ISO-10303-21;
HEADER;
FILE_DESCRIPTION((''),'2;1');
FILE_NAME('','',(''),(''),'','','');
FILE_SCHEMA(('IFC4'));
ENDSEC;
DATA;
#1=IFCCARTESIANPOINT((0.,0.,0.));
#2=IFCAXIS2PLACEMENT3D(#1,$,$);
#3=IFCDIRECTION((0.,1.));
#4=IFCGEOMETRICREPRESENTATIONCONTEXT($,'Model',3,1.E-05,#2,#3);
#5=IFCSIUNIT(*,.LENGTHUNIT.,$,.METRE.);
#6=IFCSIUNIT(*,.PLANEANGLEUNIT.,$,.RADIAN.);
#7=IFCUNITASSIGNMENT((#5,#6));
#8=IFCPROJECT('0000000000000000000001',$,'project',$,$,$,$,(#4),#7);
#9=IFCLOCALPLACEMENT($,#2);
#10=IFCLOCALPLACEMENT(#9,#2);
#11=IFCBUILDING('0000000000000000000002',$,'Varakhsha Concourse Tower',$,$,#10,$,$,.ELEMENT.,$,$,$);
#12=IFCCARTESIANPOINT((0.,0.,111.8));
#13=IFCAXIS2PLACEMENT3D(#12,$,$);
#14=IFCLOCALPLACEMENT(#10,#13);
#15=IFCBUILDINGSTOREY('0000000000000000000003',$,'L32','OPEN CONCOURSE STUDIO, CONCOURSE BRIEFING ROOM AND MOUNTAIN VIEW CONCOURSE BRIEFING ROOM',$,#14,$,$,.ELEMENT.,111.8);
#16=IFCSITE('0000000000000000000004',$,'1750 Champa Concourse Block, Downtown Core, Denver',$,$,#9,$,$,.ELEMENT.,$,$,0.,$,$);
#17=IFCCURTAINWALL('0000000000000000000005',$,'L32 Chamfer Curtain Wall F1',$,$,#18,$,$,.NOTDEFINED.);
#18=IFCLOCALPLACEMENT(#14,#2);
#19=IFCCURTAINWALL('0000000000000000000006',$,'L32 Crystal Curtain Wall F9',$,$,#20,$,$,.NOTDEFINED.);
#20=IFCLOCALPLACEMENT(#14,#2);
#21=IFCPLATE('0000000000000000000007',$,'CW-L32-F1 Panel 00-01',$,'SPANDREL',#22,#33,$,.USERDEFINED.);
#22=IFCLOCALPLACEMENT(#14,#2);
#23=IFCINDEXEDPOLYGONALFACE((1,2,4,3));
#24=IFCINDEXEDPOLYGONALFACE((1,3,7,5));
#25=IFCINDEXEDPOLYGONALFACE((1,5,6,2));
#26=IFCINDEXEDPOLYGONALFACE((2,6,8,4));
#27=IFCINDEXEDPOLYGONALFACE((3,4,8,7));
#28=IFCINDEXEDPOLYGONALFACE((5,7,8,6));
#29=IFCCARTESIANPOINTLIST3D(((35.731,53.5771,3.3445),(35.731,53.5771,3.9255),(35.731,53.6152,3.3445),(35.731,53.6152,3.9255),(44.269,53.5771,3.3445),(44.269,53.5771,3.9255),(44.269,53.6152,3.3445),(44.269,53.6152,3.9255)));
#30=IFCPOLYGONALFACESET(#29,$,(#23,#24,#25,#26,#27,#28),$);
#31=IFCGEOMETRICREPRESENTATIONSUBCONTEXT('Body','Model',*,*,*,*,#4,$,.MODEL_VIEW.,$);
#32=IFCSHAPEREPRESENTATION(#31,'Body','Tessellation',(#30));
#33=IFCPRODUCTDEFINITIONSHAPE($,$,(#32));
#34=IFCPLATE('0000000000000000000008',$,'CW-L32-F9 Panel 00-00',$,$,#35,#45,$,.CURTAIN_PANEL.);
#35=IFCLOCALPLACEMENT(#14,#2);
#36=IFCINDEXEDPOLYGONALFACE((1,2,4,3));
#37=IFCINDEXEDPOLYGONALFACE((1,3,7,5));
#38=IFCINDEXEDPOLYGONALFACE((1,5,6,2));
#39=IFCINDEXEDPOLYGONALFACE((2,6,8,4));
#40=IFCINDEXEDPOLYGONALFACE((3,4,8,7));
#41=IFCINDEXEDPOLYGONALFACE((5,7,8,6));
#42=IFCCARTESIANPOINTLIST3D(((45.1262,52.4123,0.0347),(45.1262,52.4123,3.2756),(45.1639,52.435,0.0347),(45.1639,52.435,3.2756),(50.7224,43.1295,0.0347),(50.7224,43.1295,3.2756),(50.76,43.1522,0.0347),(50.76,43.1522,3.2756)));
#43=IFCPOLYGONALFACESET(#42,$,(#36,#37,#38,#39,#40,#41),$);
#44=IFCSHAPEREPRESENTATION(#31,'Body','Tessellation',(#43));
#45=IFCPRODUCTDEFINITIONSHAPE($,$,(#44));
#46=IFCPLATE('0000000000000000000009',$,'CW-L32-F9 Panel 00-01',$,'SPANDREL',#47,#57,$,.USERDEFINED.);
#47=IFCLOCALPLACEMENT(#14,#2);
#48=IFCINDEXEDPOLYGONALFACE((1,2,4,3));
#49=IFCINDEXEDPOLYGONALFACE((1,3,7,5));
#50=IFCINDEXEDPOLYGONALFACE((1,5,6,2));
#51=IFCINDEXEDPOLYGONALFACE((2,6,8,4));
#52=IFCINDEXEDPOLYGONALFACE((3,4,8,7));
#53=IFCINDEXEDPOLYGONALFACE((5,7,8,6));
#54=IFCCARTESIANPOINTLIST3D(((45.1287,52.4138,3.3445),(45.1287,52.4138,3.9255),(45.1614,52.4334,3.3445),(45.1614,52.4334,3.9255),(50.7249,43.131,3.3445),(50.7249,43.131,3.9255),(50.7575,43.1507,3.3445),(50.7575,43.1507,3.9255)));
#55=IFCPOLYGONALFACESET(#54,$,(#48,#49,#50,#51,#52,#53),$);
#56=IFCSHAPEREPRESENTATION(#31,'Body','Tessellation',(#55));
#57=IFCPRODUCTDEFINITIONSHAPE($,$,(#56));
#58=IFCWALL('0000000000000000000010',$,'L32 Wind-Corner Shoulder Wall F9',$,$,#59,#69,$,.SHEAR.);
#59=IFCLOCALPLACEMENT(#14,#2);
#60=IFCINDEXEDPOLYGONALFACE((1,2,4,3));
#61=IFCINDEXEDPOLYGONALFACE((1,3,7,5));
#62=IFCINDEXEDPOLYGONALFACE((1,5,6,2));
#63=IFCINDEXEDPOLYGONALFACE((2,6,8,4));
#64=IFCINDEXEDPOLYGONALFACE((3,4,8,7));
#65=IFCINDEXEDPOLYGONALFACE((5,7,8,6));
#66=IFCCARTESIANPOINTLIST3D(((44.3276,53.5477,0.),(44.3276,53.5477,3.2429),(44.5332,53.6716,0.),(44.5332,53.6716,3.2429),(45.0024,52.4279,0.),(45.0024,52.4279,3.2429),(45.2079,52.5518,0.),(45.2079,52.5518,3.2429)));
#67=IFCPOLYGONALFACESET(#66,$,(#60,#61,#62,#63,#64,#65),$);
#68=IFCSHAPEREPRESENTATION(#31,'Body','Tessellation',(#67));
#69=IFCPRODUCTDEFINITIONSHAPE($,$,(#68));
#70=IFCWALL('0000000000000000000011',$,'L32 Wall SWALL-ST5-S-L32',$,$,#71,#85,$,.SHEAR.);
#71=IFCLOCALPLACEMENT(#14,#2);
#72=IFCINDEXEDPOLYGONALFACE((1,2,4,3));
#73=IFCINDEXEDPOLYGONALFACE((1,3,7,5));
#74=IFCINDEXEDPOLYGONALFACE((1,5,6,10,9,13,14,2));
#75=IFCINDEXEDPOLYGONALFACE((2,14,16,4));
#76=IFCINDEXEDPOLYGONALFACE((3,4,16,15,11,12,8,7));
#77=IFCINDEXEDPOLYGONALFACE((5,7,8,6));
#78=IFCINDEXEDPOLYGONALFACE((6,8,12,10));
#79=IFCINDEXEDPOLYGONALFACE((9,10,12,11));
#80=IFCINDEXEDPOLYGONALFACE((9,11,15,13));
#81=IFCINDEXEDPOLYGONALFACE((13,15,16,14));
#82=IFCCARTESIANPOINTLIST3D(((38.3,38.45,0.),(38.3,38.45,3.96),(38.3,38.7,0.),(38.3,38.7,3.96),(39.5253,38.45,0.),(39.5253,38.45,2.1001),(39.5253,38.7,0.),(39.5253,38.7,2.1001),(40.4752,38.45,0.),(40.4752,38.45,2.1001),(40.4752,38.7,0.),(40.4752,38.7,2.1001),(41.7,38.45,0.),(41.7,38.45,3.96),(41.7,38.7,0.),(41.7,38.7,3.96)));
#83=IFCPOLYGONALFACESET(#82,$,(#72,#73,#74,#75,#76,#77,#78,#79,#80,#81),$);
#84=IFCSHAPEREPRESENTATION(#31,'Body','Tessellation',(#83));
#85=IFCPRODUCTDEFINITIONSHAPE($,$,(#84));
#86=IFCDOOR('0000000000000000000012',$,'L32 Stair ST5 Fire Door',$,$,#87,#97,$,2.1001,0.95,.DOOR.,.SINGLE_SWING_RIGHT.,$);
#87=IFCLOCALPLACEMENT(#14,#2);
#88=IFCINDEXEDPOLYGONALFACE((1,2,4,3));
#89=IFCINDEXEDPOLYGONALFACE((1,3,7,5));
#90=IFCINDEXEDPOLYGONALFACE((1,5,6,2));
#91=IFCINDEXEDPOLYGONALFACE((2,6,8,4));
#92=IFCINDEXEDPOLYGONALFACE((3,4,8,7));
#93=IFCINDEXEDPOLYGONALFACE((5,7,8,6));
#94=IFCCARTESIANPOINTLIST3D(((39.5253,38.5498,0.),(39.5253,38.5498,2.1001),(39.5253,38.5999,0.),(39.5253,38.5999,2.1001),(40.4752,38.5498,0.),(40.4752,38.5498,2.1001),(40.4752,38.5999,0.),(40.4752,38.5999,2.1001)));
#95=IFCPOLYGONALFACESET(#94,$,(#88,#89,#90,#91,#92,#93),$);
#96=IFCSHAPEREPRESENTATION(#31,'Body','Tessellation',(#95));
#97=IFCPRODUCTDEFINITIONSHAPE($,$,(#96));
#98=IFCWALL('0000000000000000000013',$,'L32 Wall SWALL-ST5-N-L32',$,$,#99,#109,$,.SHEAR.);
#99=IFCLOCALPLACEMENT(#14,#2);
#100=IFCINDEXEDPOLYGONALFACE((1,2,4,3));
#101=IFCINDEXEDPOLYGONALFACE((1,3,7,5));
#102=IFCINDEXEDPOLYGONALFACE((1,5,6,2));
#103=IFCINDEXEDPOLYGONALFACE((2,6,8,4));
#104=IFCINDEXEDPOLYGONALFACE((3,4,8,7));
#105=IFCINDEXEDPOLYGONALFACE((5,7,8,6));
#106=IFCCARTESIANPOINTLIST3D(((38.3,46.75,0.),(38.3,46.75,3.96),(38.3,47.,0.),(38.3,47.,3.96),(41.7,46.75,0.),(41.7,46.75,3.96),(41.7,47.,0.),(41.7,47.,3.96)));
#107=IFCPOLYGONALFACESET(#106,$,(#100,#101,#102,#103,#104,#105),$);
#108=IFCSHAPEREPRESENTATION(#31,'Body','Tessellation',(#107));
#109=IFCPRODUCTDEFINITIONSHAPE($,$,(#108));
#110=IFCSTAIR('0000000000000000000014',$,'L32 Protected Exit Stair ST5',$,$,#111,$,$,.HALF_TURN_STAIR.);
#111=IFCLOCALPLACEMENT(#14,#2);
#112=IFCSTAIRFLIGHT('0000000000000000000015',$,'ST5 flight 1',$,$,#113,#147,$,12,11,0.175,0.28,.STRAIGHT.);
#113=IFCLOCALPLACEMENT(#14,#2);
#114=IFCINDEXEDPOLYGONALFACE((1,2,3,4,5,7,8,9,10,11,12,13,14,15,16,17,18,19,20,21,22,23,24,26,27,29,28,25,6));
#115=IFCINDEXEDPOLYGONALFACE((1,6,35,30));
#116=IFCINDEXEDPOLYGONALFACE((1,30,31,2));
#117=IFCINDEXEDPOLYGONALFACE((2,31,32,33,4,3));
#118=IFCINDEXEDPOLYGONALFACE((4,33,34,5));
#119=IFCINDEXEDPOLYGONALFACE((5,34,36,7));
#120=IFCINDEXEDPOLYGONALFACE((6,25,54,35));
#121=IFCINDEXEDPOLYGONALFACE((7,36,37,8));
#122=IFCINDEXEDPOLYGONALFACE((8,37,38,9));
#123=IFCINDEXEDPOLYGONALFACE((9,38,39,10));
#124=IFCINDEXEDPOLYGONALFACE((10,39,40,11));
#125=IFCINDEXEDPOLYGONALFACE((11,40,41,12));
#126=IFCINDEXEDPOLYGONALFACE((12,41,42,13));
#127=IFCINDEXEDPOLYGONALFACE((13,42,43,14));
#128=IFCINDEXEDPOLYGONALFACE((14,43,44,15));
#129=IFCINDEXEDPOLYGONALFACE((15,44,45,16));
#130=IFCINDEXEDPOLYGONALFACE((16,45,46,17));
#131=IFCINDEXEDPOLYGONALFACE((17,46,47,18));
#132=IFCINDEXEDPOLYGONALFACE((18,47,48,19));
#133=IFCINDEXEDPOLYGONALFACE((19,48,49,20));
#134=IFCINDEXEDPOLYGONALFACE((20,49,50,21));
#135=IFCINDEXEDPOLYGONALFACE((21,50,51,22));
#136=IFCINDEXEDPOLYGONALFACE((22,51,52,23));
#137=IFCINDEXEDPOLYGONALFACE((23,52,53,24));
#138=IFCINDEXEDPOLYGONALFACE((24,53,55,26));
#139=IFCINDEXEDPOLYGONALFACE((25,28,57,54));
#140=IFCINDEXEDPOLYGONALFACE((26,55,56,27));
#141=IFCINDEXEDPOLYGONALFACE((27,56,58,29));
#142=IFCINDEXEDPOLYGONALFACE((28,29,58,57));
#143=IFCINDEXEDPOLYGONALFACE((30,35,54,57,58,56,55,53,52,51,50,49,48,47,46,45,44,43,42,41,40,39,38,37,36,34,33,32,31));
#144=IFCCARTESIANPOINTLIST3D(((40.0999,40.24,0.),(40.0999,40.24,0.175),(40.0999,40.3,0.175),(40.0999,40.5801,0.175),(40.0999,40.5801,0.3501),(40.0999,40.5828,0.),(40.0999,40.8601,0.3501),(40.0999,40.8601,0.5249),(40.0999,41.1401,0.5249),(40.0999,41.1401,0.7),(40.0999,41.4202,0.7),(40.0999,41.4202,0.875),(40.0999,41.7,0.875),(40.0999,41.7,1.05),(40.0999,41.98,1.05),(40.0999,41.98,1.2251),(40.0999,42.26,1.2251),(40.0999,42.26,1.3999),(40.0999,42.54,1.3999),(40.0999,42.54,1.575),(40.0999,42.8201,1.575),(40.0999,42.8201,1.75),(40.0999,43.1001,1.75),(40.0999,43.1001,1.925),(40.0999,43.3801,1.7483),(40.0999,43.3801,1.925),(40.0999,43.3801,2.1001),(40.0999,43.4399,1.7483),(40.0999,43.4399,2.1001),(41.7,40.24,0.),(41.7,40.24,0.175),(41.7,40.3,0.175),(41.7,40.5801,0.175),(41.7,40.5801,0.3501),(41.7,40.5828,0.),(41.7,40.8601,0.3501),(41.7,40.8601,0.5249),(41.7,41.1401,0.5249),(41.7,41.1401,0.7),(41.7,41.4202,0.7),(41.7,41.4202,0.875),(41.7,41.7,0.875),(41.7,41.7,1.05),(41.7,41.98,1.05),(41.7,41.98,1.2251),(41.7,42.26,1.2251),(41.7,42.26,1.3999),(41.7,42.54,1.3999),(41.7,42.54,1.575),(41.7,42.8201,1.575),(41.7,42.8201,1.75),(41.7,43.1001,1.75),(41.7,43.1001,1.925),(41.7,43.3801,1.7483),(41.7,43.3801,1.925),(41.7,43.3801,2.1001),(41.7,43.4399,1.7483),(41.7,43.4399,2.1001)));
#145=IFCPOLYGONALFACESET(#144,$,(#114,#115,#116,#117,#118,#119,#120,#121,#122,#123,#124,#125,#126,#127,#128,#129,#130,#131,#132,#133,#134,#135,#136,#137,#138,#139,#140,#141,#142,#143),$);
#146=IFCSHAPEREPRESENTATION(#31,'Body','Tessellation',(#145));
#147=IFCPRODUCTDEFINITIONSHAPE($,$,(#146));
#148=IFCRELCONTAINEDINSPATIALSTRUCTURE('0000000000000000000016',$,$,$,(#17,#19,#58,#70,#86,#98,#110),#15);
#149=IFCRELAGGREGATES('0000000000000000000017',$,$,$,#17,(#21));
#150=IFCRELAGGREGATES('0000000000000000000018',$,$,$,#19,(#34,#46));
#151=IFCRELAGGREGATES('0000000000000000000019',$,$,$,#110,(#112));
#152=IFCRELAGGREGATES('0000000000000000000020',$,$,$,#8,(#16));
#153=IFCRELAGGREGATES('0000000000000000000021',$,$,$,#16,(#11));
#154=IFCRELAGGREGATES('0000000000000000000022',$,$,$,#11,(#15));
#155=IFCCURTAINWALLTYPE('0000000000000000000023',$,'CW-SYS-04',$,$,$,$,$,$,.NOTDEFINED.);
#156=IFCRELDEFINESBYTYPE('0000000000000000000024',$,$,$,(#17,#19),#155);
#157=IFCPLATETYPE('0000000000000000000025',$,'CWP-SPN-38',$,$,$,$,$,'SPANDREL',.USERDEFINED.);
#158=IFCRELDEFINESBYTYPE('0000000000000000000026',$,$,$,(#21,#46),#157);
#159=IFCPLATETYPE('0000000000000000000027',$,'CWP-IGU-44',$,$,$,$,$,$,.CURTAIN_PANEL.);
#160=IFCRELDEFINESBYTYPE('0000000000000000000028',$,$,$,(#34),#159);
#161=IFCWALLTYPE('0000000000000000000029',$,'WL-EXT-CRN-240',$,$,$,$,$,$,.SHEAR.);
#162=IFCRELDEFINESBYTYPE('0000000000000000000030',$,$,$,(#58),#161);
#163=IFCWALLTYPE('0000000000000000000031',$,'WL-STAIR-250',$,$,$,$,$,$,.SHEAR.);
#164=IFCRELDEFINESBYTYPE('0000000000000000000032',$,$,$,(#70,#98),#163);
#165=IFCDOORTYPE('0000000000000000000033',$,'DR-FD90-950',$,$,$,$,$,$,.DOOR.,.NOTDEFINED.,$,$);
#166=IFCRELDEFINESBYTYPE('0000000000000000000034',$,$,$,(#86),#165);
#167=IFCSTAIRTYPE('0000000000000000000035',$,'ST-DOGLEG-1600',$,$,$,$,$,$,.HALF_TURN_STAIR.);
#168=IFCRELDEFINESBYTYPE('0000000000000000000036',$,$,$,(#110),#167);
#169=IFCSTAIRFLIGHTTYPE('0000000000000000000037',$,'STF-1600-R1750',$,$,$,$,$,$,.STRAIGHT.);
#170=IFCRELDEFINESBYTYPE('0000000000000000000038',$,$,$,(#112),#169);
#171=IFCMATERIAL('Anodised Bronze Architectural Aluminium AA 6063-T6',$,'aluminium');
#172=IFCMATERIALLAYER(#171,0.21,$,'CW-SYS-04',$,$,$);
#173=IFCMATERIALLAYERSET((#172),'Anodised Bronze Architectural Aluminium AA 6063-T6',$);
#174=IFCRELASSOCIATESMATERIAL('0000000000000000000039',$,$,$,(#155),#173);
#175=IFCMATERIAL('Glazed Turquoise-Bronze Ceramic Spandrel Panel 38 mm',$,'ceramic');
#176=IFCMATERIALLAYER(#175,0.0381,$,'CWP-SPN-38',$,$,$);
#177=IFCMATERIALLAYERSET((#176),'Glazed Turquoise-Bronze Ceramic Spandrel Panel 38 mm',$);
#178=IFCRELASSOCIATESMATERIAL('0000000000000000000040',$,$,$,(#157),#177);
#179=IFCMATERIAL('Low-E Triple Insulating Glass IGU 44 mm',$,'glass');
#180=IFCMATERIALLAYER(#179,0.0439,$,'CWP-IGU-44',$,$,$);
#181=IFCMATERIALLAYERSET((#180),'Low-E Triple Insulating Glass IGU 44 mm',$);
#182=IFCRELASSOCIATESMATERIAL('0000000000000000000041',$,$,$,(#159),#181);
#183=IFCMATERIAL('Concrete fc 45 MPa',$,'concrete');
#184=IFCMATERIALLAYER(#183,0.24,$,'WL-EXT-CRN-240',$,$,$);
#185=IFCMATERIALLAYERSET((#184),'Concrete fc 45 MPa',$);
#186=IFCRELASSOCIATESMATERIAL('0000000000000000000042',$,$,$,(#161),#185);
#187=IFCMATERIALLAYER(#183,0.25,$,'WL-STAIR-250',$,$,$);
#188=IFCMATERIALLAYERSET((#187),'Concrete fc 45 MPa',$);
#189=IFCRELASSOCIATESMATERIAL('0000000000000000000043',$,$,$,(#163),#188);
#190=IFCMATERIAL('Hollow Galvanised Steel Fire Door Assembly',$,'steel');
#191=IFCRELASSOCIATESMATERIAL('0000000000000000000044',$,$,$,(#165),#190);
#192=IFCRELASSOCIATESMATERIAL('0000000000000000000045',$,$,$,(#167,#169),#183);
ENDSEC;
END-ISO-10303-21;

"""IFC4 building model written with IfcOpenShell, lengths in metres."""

from ifc_helpers import new_model, si_unit, direction, frame, frame_2d, origin, origin_2d, place, context, subcontext, project, spatial, polyline, rectangle, outline, extrude, source, transform, mapped, material, layer, layer_set, type_object, type_shapes, element, fill, aggregate, save


model = new_model("IFC4")

# Units and contexts
model_context = context("Model", 3, precision=1e-05, world=origin(), true_north=direction((0.0, 1.0)))
body_context = subcontext(model_context, "Body", "Model", "MODEL_VIEW")
ifc_project = project(units=[si_unit("LENGTHUNIT", "METRE"), si_unit("PLANEANGLEUNIT", "RADIAN")], contexts=[model_context])

# Site, building, storey
site_placement = place(None, origin())
site = spatial("IfcSite", under=ifc_project, at=site_placement, Name="1750 Champa Concourse Block, Downtown Core, Denver", CompositionType="ELEMENT", RefElevation=0.0)
building_placement = place(site_placement, origin())
building = spatial("IfcBuilding", under=site, at=building_placement, Name="Varakhsha Concourse Tower", CompositionType="ELEMENT")
storey_placement = place(building_placement, frame((0.0, 0.0, 111.8)))
storey = spatial("IfcBuildingStorey", under=building, at=storey_placement, Name="L32", Description="OPEN CONCOURSE STUDIO, CONCOURSE BRIEFING ROOM AND MOUNTAIN VIEW CONCOURSE BRIEFING ROOM", CompositionType="ELEMENT", Elevation=111.8)

# Curtain wall
ifc_material_1 = material(Name="Anodised Bronze Architectural Aluminium AA 6063-T6", Category="aluminium")
ifc_layer_1 = layer(ifc_material_1, 0.21, Name="CW-SYS-04")
ifc_layer_set_1 = layer_set([ifc_layer_1], Name="Anodised Bronze Architectural Aluminium AA 6063-T6")
curtain_wall_type = type_object("IfcCurtainWallType", Name="CW-SYS-04", PredefinedType="NOTDEFINED", material=ifc_layer_set_1)
curtain_wall_1_placement = place(storey_placement, origin())
curtain_wall_1 = element("IfcCurtainWall", 1, at=curtain_wall_1_placement, inside=storey, type_object=curtain_wall_type, Name="L32 Chamfer Curtain Wall F1", PredefinedType="NOTDEFINED")

# Curtain wall
curtain_wall_2_placement = place(storey_placement, origin())
curtain_wall_2 = element("IfcCurtainWall", 2, at=curtain_wall_2_placement, inside=storey, type_object=curtain_wall_type, Name="L32 Crystal Curtain Wall F9", PredefinedType="NOTDEFINED")

# Plates
ifc_material_2 = material(Name="Glazed Turquoise-Bronze Ceramic Spandrel Panel 38 mm", Category="ceramic")
ifc_layer_2 = layer(ifc_material_2, 0.0381, Name="CWP-SPN-38")
ifc_layer_set_2 = layer_set([ifc_layer_2], Name="Glazed Turquoise-Bronze Ceramic Spandrel Panel 38 mm")
plate_type_1 = type_object("IfcPlateType", Name="CWP-SPN-38", ElementType="SPANDREL", PredefinedType="USERDEFINED", material=ifc_layer_set_2)
shared_shape_1 = source(origin(), body_context, "Body", "SweptSolid", [
    extrude(rectangle(XDim=8.5381, YDim=0.0381, at=origin_2d()), origin(), (0.0, 0.0, 1.0), 0.5811),
])
plate_1_placement = place(storey_placement, frame((40.0, 53.5962, 3.3445), z_axis=(0.0, 0.0, 1.0), x_axis=(1.0, 0.0, 0.0)))
plate_1 = element("IfcPlate", 3, at=plate_1_placement, type_object=plate_type_1, Name="CW-L32-F1 Panel 00-01", ObjectType="SPANDREL", PredefinedType="USERDEFINED", context=body_context, shape_type="MappedRepresentation", body=[
    mapped(shared_shape_1, transform((0.0, 0.0, 0.0), scale=1.0)),
])
aggregate(curtain_wall_1, [plate_1])
ifc_material_3 = material(Name="Low-E Triple Insulating Glass IGU 44 mm", Category="glass")
ifc_layer_3 = layer(ifc_material_3, 0.0439, Name="CWP-IGU-44")
ifc_layer_set_3 = layer_set([ifc_layer_3], Name="Low-E Triple Insulating Glass IGU 44 mm")
plate_type_2 = type_object("IfcPlateType", Name="CWP-IGU-44", PredefinedType="CURTAIN_PANEL", material=ifc_layer_set_3)
shared_shape_2 = source(origin(), body_context, "Body", "SweptSolid", [
    extrude(rectangle(XDim=10.8391, YDim=0.0439, at=origin_2d()), origin(), (0.0, 0.0, 1.0), 3.241),
])
type_shapes(plate_type_2, [shared_shape_2])
plate_2_placement = place(storey_placement, frame((47.9431, 47.7822, 0.0347), z_axis=(0.0, 0.0, 1.0), x_axis=(0.51629, -0.856414, 0.0)))
plate_2 = element("IfcPlate", 4, at=plate_2_placement, type_object=plate_type_2, Name="CW-L32-F9 Panel 00-00", PredefinedType="CURTAIN_PANEL", context=body_context, shape_type="MappedRepresentation", body=[
    mapped(shared_shape_2, transform((0.0, 0.0, 0.0), scale=1.0)),
])
shared_shape_3 = source(origin(), body_context, "Body", "SweptSolid", [
    extrude(rectangle(XDim=10.8391, YDim=0.0381, at=origin_2d()), origin(), (0.0, 0.0, 1.0), 0.5811),
])
type_shapes(plate_type_1, [shared_shape_1, shared_shape_3])
plate_3_placement = place(storey_placement, frame((47.9431, 47.7822, 3.3445), z_axis=(0.0, 0.0, 1.0), x_axis=(0.51629, -0.856414, 0.0)))
plate_3 = element("IfcPlate", 5, at=plate_3_placement, type_object=plate_type_1, Name="CW-L32-F9 Panel 00-01", ObjectType="SPANDREL", PredefinedType="USERDEFINED", context=body_context, shape_type="MappedRepresentation", body=[
    mapped(shared_shape_3, transform((0.0, 0.0, 0.0), scale=1.0)),
])
aggregate(curtain_wall_2, [plate_2, plate_3])

# Wall
ifc_material_4 = material(Name="Concrete fc 45 MPa", Category="concrete")
ifc_layer_4 = layer(ifc_material_4, 0.24, Name="WL-EXT-CRN-240")
ifc_layer_set_4 = layer_set([ifc_layer_4], Name="Concrete fc 45 MPa")
wall_type_1 = type_object("IfcWallType", Name="WL-EXT-CRN-240", PredefinedType="SHEAR", material=ifc_layer_set_4)
wall_1_placement = place(storey_placement, frame((45.1052, 52.4897, 0.0), z_axis=(0.0, 0.0, 1.0), x_axis=(-0.516115, 0.856519, 0.0)))
element("IfcWall", 6, at=wall_1_placement, inside=storey, type_object=wall_type_1, Name="L32 Wind-Corner Shoulder Wall F9", PredefinedType="SHEAR", context=body_context, shape_type="SweptSolid", body=[
    extrude(rectangle(XDim=1.3074, YDim=0.24, at=frame_2d((0.6538, 0.0))), origin(), (0.0, 0.0, 1.0), 3.2429),
])

# Wall, opening, door
ifc_layer_5 = layer(ifc_material_4, 0.25, Name="WL-STAIR-250")
ifc_layer_set_5 = layer_set([ifc_layer_5], Name="Concrete fc 45 MPa")
wall_type_2 = type_object("IfcWallType", Name="WL-STAIR-250", PredefinedType="SHEAR", material=ifc_layer_set_5)
wall_2_placement = place(storey_placement, frame((38.3, 38.575, 0.0), z_axis=(0.0, 0.0, 1.0), x_axis=(1.0, 0.0, 0.0)))
wall_2 = element("IfcWall", 7, at=wall_2_placement, inside=storey, type_object=wall_type_2, Name="L32 Wall SWALL-ST5-S-L32", PredefinedType="SHEAR", context=body_context, shape_type="SweptSolid", body=[
    extrude(rectangle(XDim=3.3999, YDim=0.25, at=frame_2d((1.7, 0.0))), origin(), (0.0, 0.0, 1.0), 3.96),
])
opening_placement = place(wall_2_placement, frame((1.2251, 0.0, 0.0)))
opening = element("IfcOpeningElement", 8, at=opening_placement, cuts=wall_2, PredefinedType="OPENING", context=body_context, shape_type="SweptSolid", body=[
    extrude(rectangle(XDim=0.95, YDim=2.1001, at=frame_2d((0.4751, 1.05))), frame((0.0, 0.135, 0.0), z_axis=(0.0, -1.0, 0.0), x_axis=(1.0, 0.0, 0.0)), (0.0, 0.0, 1.0), 0.27),
])
ifc_material_5 = material(Name="Hollow Galvanised Steel Fire Door Assembly", Category="steel")
door_type = type_object("IfcDoorType", Name="DR-FD90-950", OperationType="NOTDEFINED", PredefinedType="DOOR", material=ifc_material_5)
door_placement = place(opening_placement, origin())
door = element("IfcDoor", 9, at=door_placement, inside=storey, type_object=door_type, Name="L32 Stair ST5 Fire Door", OperationType="SINGLE_SWING_RIGHT", OverallHeight=2.1001, OverallWidth=0.95, PredefinedType="DOOR", context=body_context, shape_type="SweptSolid", body=[
    extrude(rectangle(XDim=0.95, YDim=2.1001, at=frame_2d((0.4751, 1.05))), frame((0.0, 0.0249, 0.0), z_axis=(0.0, -1.0, 0.0), x_axis=(1.0, 0.0, 0.0)), (0.0, 0.0, 1.0), 0.05),
])
fill(opening, door)

# Wall
wall_3_placement = place(storey_placement, frame((38.3, 46.875, 0.0), z_axis=(0.0, 0.0, 1.0), x_axis=(1.0, 0.0, 0.0)))
element("IfcWall", 10, at=wall_3_placement, inside=storey, type_object=wall_type_2, Name="L32 Wall SWALL-ST5-N-L32", PredefinedType="SHEAR", context=body_context, shape_type="SweptSolid", body=[
    extrude(rectangle(XDim=3.3999, YDim=0.25, at=frame_2d((1.7, 0.0))), origin(), (0.0, 0.0, 1.0), 3.96),
])

# Stair, stair flight
stair_type = type_object("IfcStairType", Name="ST-DOGLEG-1600", PredefinedType="HALF_TURN_STAIR", material=ifc_material_4)
stair_placement = place(storey_placement, origin())
stair = element("IfcStair", 11, at=stair_placement, inside=storey, type_object=stair_type, Name="L32 Protected Exit Stair ST5", PredefinedType="HALF_TURN_STAIR")
stair_flight_type = type_object("IfcStairFlightType", Name="STF-1600-R1750", PredefinedType="STRAIGHT", material=ifc_material_4)
stair_flight_1_placement = place(storey_placement, frame((40.8999, 40.3, 0.0), z_axis=(0.0, 0.0, 1.0), x_axis=(0.0, 1.0, 0.0)))
stair_flight_1 = element("IfcStairFlight", 12, at=stair_flight_1_placement, type_object=stair_flight_type, Name="ST5 flight 1", NumberOfRisers=12, NumberOfTreads=11, PredefinedType="STRAIGHT", RiserHeight=0.175, TreadLength=0.28, context=body_context, shape_type="SweptSolid", body=[
    extrude(outline(polyline([(-0.0601, 0.0), (-0.0601, 0.175), (0.0, 0.175), (0.28, 0.175), (0.28, 0.3501), (0.5601, 0.3501), (0.5601, 0.5249), (0.8401, 0.5249), (0.8401, 0.7), (1.1201, 0.7), (1.1201, 0.875), (1.3999, 0.875), (1.3999, 1.05), (1.6799, 1.05), (1.6799, 1.2251), (1.96, 1.2251), (1.96, 1.3999), (2.24, 1.3999), (2.24, 1.575), (2.52, 1.575), (2.52, 1.75), (2.8, 1.75), (2.8, 1.925), (3.0801, 1.925), (3.0801, 2.1001), (3.1399, 2.1001), (3.1399, 1.7483), (3.0801, 1.7483), (0.2827, 0.0), (-0.0601, 0.0)])), frame((0.0, 0.8, 0.0), z_axis=(0.0, -1.0, 0.0), x_axis=(1.0, 0.0, 0.0)), (0.0, 0.0, 1.0), 1.6001),
])
aggregate(stair, [stair_flight_1])

save(model, "model.ifc")
